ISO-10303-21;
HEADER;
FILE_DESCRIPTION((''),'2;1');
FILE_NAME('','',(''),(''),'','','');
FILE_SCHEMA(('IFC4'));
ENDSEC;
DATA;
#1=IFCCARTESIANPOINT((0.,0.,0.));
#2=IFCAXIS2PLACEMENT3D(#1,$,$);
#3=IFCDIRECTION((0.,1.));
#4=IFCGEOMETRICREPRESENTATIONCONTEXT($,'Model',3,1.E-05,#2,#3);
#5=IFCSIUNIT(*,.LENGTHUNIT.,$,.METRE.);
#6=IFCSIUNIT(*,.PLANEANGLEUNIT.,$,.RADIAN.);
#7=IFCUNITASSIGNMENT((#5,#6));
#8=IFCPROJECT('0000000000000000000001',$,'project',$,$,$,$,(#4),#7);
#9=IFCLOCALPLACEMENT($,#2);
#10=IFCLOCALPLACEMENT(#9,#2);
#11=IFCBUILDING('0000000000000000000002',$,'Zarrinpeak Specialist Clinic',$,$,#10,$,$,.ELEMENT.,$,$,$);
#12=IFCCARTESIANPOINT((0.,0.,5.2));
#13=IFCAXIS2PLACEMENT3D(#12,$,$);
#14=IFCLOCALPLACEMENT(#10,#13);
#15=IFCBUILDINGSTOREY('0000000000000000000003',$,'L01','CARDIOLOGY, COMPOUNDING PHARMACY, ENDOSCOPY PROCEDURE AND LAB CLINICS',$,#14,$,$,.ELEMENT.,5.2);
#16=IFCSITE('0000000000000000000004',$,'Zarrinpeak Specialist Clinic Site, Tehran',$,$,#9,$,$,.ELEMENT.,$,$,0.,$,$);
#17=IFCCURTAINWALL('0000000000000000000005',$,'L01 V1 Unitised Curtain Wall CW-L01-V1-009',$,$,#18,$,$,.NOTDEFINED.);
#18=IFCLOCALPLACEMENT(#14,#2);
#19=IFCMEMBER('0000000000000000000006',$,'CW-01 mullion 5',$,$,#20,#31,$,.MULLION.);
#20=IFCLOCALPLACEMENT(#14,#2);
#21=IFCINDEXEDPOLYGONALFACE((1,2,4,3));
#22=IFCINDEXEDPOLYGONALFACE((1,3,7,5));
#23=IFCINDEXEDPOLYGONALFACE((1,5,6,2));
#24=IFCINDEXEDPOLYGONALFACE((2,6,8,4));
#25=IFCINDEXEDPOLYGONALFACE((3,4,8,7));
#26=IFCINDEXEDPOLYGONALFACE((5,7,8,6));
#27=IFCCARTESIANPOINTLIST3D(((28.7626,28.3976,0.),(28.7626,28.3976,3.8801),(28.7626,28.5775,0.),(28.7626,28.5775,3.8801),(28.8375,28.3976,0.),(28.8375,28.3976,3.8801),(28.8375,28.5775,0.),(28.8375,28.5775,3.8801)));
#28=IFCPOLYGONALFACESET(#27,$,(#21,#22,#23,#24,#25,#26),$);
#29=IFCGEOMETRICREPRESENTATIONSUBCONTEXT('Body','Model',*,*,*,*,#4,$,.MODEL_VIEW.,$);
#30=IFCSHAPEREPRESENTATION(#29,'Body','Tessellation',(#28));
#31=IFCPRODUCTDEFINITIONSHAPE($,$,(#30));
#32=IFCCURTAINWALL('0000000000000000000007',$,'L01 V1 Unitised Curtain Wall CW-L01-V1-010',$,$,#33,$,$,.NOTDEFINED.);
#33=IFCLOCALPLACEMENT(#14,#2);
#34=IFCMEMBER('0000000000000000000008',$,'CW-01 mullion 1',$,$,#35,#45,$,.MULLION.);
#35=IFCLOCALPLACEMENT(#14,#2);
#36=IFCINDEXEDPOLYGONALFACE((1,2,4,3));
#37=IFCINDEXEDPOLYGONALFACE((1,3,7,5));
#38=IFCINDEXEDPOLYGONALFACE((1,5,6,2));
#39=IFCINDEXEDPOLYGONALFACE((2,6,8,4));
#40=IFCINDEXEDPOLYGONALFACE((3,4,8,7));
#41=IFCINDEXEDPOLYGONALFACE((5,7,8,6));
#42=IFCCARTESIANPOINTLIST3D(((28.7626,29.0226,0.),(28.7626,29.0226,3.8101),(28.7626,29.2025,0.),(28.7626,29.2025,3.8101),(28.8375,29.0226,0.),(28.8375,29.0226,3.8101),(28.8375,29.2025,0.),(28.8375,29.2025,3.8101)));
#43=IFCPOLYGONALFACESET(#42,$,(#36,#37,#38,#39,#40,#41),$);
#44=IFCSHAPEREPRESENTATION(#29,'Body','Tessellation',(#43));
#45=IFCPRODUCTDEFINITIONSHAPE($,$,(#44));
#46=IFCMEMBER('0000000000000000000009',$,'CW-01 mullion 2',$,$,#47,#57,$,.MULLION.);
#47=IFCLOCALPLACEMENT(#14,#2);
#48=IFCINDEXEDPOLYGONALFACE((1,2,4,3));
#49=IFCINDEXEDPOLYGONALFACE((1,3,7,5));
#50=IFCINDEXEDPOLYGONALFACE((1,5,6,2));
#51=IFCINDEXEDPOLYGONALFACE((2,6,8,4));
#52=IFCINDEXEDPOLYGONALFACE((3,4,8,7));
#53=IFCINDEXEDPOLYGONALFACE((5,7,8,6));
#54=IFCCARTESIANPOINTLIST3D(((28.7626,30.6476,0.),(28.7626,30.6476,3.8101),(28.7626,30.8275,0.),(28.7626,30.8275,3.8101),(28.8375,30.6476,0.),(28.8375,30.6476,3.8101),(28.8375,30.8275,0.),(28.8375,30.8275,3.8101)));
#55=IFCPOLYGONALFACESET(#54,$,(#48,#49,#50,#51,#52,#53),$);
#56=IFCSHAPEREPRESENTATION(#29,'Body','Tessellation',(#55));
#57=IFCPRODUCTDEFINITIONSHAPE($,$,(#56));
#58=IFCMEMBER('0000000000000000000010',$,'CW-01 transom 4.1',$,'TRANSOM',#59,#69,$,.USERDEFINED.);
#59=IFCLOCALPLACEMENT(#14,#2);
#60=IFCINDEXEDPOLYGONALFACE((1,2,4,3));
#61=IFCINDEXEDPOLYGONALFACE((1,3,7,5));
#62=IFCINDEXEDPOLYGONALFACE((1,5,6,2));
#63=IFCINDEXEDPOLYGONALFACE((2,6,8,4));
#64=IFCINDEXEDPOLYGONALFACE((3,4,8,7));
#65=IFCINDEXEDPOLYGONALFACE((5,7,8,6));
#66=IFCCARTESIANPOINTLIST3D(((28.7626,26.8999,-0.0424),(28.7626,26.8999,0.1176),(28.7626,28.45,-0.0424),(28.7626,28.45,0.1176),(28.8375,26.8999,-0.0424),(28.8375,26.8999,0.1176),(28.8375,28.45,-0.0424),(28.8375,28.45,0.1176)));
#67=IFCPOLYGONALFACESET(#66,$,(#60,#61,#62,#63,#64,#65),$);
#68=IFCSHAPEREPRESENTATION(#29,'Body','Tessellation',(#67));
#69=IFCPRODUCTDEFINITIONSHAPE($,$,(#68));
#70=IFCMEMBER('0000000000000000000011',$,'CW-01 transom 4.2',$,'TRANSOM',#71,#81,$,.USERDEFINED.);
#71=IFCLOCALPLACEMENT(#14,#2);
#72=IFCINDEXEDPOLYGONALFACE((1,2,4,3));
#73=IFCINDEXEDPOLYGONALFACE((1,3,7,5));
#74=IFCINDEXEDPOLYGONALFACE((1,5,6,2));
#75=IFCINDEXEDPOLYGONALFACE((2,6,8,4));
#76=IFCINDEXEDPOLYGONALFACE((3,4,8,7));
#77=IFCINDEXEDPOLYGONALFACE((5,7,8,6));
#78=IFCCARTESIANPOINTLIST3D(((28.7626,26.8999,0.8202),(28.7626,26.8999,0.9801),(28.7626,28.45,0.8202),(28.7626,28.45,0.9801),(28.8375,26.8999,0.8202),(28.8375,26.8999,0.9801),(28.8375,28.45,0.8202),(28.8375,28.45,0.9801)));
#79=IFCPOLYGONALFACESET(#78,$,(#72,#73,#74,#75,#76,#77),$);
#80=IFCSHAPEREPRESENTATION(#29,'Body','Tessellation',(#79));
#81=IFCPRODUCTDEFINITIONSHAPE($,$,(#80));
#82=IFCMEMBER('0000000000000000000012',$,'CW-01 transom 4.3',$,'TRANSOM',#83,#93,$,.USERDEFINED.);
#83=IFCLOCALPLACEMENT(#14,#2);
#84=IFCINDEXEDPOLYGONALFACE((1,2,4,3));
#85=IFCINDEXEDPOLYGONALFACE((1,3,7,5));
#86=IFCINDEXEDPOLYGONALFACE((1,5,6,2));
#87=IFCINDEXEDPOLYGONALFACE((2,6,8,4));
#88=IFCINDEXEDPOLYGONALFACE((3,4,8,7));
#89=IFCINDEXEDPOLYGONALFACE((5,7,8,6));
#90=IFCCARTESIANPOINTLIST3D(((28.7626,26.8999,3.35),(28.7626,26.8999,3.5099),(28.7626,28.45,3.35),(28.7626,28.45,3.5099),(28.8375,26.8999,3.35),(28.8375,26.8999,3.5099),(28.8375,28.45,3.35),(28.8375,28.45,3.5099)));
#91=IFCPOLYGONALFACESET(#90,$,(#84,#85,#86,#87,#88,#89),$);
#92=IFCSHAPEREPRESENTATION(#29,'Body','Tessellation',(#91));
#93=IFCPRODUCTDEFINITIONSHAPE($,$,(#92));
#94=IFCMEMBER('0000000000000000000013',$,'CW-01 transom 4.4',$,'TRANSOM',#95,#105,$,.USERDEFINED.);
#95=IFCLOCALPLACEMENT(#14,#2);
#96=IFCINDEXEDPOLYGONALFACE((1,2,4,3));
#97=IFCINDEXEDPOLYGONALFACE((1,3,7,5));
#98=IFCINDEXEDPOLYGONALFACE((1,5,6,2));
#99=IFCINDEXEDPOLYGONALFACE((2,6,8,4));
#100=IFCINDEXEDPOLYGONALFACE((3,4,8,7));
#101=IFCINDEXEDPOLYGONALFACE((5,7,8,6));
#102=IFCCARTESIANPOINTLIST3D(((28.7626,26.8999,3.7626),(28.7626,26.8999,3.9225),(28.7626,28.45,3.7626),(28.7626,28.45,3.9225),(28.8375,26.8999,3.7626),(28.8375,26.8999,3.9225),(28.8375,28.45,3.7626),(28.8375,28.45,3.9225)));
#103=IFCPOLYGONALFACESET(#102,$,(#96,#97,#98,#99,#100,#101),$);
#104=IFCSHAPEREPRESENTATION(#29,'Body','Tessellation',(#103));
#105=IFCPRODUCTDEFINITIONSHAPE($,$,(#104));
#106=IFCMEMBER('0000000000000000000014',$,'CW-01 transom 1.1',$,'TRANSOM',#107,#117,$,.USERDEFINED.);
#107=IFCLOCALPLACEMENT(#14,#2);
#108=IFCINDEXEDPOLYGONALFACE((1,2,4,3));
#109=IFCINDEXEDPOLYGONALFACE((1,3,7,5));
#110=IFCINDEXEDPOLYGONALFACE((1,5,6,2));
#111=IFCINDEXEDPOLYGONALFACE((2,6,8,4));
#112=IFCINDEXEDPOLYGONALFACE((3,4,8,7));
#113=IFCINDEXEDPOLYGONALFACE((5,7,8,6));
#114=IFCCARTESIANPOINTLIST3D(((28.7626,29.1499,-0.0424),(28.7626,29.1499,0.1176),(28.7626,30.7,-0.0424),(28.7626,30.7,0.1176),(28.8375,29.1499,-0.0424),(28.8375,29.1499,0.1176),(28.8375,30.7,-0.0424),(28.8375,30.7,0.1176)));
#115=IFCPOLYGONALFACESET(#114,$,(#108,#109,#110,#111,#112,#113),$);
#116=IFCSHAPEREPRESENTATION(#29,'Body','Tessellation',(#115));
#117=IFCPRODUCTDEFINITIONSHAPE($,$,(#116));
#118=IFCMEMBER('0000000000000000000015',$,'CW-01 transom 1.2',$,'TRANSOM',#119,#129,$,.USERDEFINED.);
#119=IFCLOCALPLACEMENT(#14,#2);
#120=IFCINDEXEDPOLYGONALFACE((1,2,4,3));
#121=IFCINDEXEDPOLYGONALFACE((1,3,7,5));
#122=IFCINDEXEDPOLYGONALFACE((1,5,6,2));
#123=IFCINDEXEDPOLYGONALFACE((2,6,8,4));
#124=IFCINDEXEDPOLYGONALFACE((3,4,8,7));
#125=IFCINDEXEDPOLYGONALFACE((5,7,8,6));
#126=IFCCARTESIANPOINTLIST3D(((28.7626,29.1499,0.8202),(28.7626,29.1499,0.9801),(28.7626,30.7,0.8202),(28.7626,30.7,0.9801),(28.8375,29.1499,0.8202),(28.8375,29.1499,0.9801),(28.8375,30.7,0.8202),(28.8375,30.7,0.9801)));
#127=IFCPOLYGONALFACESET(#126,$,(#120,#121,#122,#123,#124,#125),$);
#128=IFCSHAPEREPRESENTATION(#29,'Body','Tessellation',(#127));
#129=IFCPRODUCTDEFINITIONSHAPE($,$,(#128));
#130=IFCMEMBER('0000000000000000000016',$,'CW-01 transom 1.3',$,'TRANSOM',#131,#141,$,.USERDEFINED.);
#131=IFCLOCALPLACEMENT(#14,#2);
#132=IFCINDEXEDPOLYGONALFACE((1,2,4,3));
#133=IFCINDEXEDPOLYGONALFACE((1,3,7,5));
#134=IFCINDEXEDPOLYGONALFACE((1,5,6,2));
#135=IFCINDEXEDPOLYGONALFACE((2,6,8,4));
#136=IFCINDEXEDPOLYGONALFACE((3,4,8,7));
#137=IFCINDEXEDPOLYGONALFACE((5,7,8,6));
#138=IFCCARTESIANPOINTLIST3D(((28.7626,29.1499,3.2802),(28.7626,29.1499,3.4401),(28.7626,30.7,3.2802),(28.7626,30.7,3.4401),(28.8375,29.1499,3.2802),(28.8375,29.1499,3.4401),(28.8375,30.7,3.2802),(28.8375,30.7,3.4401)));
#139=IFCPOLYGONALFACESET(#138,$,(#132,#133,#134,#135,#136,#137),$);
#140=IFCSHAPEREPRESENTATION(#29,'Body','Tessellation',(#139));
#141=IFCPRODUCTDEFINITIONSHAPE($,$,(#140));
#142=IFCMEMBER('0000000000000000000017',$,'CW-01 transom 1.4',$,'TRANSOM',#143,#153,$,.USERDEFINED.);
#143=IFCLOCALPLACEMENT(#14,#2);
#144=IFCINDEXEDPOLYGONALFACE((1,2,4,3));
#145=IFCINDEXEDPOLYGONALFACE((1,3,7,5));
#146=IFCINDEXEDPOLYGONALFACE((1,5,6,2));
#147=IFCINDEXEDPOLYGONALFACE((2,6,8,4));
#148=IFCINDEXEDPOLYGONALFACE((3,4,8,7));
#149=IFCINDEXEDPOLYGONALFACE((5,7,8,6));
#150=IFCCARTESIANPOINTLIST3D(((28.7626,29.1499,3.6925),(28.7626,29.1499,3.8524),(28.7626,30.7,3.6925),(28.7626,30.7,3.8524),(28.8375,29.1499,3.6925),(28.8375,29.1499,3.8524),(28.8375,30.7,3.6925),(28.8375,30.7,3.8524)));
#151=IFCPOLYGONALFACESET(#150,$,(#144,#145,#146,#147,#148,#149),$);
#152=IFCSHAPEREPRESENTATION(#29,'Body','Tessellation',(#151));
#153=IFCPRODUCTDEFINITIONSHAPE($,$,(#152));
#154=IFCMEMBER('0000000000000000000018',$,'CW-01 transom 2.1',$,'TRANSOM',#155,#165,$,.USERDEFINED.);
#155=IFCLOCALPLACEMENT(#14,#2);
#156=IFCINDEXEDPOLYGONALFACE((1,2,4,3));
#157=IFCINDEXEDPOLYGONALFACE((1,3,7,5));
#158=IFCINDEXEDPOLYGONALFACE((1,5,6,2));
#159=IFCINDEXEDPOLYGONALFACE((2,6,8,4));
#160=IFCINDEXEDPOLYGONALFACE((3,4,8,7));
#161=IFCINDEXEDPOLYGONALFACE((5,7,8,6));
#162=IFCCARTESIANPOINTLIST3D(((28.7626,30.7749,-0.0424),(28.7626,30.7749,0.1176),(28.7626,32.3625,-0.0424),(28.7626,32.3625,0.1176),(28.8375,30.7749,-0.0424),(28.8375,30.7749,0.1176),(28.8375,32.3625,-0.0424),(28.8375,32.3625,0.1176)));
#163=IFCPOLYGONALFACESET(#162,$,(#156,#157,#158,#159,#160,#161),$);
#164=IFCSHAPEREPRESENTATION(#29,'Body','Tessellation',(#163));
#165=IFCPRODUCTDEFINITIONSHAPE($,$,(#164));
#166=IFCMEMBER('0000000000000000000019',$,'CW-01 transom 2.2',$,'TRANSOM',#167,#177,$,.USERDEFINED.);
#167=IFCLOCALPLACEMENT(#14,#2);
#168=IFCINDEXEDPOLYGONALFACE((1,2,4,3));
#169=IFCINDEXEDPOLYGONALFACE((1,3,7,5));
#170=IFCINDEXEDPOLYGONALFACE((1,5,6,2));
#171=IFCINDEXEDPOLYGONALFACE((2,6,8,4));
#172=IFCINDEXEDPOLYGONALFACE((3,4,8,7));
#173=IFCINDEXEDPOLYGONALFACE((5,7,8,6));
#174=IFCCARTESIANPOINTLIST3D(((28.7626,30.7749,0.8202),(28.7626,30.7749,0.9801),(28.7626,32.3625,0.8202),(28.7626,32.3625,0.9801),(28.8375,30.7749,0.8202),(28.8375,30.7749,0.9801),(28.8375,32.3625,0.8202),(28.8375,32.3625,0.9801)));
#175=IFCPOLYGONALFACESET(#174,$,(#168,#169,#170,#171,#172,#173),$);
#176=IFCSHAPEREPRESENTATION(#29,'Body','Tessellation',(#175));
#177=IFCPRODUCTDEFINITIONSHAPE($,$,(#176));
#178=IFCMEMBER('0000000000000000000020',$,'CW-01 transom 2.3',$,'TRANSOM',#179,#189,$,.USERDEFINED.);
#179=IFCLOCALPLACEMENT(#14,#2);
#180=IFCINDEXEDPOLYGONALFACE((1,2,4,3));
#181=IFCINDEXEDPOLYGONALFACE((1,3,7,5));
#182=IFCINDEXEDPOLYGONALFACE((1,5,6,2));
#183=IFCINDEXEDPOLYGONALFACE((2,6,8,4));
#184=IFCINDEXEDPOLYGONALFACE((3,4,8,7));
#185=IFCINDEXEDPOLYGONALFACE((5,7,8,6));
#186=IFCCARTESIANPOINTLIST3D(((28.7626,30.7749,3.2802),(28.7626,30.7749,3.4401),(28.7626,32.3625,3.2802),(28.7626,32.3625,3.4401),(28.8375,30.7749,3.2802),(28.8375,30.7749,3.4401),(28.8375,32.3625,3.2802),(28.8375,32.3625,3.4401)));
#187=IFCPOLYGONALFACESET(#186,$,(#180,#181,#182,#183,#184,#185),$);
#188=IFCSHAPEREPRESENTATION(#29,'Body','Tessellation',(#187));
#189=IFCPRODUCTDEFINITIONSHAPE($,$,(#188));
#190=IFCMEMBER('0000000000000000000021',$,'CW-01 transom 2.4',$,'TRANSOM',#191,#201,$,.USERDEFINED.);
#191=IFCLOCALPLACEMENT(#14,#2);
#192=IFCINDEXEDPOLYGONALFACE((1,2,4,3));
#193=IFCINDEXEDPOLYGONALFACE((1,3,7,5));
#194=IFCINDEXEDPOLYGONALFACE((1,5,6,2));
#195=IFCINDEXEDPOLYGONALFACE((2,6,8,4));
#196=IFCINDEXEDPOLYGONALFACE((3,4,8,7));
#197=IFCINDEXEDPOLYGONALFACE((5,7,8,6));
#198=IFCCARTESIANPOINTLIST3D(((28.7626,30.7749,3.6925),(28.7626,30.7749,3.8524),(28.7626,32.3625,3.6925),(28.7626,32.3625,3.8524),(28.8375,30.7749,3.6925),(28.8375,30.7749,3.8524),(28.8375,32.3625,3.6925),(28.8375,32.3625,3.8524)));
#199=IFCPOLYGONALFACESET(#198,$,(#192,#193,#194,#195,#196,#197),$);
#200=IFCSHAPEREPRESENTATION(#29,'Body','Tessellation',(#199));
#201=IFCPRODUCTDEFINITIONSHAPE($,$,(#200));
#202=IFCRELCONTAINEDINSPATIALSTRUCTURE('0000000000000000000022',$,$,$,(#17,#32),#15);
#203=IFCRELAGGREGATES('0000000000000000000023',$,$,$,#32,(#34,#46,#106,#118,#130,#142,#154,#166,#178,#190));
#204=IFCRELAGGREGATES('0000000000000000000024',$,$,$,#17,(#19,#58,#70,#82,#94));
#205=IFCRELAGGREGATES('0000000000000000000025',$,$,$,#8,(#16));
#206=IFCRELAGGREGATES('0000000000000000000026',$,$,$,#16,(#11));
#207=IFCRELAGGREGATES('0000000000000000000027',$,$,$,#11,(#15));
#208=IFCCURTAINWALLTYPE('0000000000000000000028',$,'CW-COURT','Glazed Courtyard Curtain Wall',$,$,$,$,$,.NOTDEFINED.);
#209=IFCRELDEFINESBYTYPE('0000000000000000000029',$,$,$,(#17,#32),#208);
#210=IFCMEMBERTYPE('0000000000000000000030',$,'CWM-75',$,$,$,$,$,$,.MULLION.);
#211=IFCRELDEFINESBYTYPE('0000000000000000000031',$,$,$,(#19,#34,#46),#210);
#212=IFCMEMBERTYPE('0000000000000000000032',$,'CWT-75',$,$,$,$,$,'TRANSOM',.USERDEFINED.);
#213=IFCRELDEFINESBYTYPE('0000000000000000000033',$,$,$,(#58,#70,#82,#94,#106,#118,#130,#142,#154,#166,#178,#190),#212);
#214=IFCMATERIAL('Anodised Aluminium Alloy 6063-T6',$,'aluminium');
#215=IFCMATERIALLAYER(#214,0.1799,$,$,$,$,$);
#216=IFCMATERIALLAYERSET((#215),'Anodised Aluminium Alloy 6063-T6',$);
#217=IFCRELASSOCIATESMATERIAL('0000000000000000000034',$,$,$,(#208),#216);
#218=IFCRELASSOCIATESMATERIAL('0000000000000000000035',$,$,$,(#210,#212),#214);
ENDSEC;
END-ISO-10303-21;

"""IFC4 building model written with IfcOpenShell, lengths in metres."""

from ifc_helpers import new_model, si_unit, direction, frame, origin, origin_2d, place, context, subcontext, project, spatial, rectangle, extrude, material, layer, layer_set, material_profile, profile_set, type_object, element, aggregate, save


model = new_model("IFC4")

# Units and contexts
model_context = context("Model", 3, precision=1e-05, world=origin(), true_north=direction((0.0, 1.0)))
body_context = subcontext(model_context, "Body", "Model", "MODEL_VIEW")
ifc_project = project(units=[si_unit("LENGTHUNIT", "METRE"), si_unit("PLANEANGLEUNIT", "RADIAN")], contexts=[model_context])

# Site, building, storey
site_placement = place(None, origin())
site = spatial("IfcSite", under=ifc_project, at=site_placement, Name="Zarrinpeak Specialist Clinic Site, Tehran", CompositionType="ELEMENT", RefElevation=0.0)
building_placement = place(site_placement, origin())
building = spatial("IfcBuilding", under=site, at=building_placement, Name="Zarrinpeak Specialist Clinic", CompositionType="ELEMENT")
storey_placement = place(building_placement, frame((0.0, 0.0, 5.2)))
storey = spatial("IfcBuildingStorey", under=building, at=storey_placement, Name="L01", Description="CARDIOLOGY, COMPOUNDING PHARMACY, ENDOSCOPY PROCEDURE AND LAB CLINICS", CompositionType="ELEMENT", Elevation=5.2)

# Curtain wall, member
ifc_material_1 = material(Name="Anodised Aluminium Alloy 6063-T6", Category="aluminium")
ifc_layer_1 = layer(ifc_material_1, 0.1799)
ifc_layer_set_1 = layer_set([ifc_layer_1], Name="Anodised Aluminium Alloy 6063-T6")
curtain_wall_type = type_object("IfcCurtainWallType", Name="CW-COURT", Description="Glazed Courtyard Curtain Wall", PredefinedType="NOTDEFINED", material=ifc_layer_set_1)
curtain_wall_1_placement = place(storey_placement, origin())
curtain_wall_1 = element("IfcCurtainWall", 1, at=curtain_wall_1_placement, inside=storey, type_object=curtain_wall_type, Name="L01 V1 Unitised Curtain Wall CW-L01-V1-009", PredefinedType="NOTDEFINED")
ifc_material_profile_1 = material_profile(ifc_material_1, rectangle(XDim=0.075, YDim=0.1799, at=origin_2d()), Name="ALU 75x180")
ifc_profile_set_1 = profile_set([ifc_material_profile_1], Name="Anodised Aluminium Alloy 6063-T6")
member_type_1 = type_object("IfcMemberType", Name="CWM-75", PredefinedType="MULLION", material=ifc_profile_set_1)
member_1_placement = place(storey_placement, frame((28.8, 28.4875, 0.0), z_axis=(0.0, 0.0, 1.0), x_axis=(-1.0, 0.0, 0.0)))
member_1 = element("IfcMember", 2, at=member_1_placement, type_object=member_type_1, Name="CW-01 mullion 5", PredefinedType="MULLION", context=body_context, shape_type="SweptSolid", body=[
    extrude(rectangle(XDim=0.075, YDim=0.1799, at=origin_2d()), origin(), (0.0, 0.0, 1.0), 3.8801),
])

# Curtain wall, members
curtain_wall_2_placement = place(storey_placement, origin())
curtain_wall_2 = element("IfcCurtainWall", 3, at=curtain_wall_2_placement, inside=storey, type_object=curtain_wall_type, Name="L01 V1 Unitised Curtain Wall CW-L01-V1-010", PredefinedType="NOTDEFINED")
member_2_placement = place(storey_placement, frame((28.8, 29.1125, 0.0), z_axis=(0.0, 0.0, 1.0), x_axis=(-1.0, 0.0, 0.0)))
member_2 = element("IfcMember", 4, at=member_2_placement, type_object=member_type_1, Name="CW-01 mullion 1", PredefinedType="MULLION", context=body_context, shape_type="SweptSolid", body=[
    extrude(rectangle(XDim=0.075, YDim=0.1799, at=origin_2d()), origin(), (0.0, 0.0, 1.0), 3.8101),
])
member_3_placement = place(storey_placement, frame((28.8, 30.7375, 0.0), z_axis=(0.0, 0.0, 1.0), x_axis=(-1.0, 0.0, 0.0)))
member_3 = element("IfcMember", 5, at=member_3_placement, type_object=member_type_1, Name="CW-01 mullion 2", PredefinedType="MULLION", context=body_context, shape_type="SweptSolid", body=[
    extrude(rectangle(XDim=0.075, YDim=0.1799, at=origin_2d()), origin(), (0.0, 0.0, 1.0), 3.8101),
])

# Members
ifc_material_profile_2 = material_profile(ifc_material_1, rectangle(XDim=0.075, YDim=0.1599, at=origin_2d()), Name="ALU 75x160")
ifc_profile_set_2 = profile_set([ifc_material_profile_2], Name="Anodised Aluminium Alloy 6063-T6")
member_type_2 = type_object("IfcMemberType", Name="CWT-75", ElementType="TRANSOM", PredefinedType="USERDEFINED", material=ifc_profile_set_2)
member_4_placement = place(storey_placement, frame((28.8, 26.8999, 0.0376), z_axis=(0.0, 1.0, 0.0), x_axis=(-1.0, 0.0, 0.0)))
member_4 = element("IfcMember", 6, at=member_4_placement, type_object=member_type_2, Name="CW-01 transom 4.1", ObjectType="TRANSOM", PredefinedType="USERDEFINED", context=body_context, shape_type="SweptSolid", body=[
    extrude(rectangle(XDim=0.075, YDim=0.1599, at=origin_2d()), origin(), (0.0, 0.0, 1.0), 1.55),
])
member_5_placement = place(storey_placement, frame((28.8, 26.8999, 0.9001), z_axis=(0.0, 1.0, 0.0), x_axis=(-1.0, 0.0, 0.0)))
member_5 = element("IfcMember", 7, at=member_5_placement, type_object=member_type_2, Name="CW-01 transom 4.2", ObjectType="TRANSOM", PredefinedType="USERDEFINED", context=body_context, shape_type="SweptSolid", body=[
    extrude(rectangle(XDim=0.075, YDim=0.1599, at=origin_2d()), origin(), (0.0, 0.0, 1.0), 1.55),
])
member_6_placement = place(storey_placement, frame((28.8, 26.8999, 3.4299), z_axis=(0.0, 1.0, 0.0), x_axis=(-1.0, 0.0, 0.0)))
member_6 = element("IfcMember", 8, at=member_6_placement, type_object=member_type_2, Name="CW-01 transom 4.3", ObjectType="TRANSOM", PredefinedType="USERDEFINED", context=body_context, shape_type="SweptSolid", body=[
    extrude(rectangle(XDim=0.075, YDim=0.1599, at=origin_2d()), origin(), (0.0, 0.0, 1.0), 1.55),
])
member_7_placement = place(storey_placement, frame((28.8, 26.8999, 3.8425), z_axis=(0.0, 1.0, 0.0), x_axis=(-1.0, 0.0, 0.0)))
member_7 = element("IfcMember", 9, at=member_7_placement, type_object=member_type_2, Name="CW-01 transom 4.4", ObjectType="TRANSOM", PredefinedType="USERDEFINED", context=body_context, shape_type="SweptSolid", body=[
    extrude(rectangle(XDim=0.075, YDim=0.1599, at=origin_2d()), origin(), (0.0, 0.0, 1.0), 1.55),
])
member_8_placement = place(storey_placement, frame((28.8, 29.1499, 0.0376), z_axis=(0.0, 1.0, 0.0), x_axis=(-1.0, 0.0, 0.0)))
member_8 = element("IfcMember", 10, at=member_8_placement, type_object=member_type_2, Name="CW-01 transom 1.1", ObjectType="TRANSOM", PredefinedType="USERDEFINED", context=body_context, shape_type="SweptSolid", body=[
    extrude(rectangle(XDim=0.075, YDim=0.1599, at=origin_2d()), origin(), (0.0, 0.0, 1.0), 1.55),
])
member_9_placement = place(storey_placement, frame((28.8, 29.1499, 0.9001), z_axis=(0.0, 1.0, 0.0), x_axis=(-1.0, 0.0, 0.0)))
member_9 = element("IfcMember", 11, at=member_9_placement, type_object=member_type_2, Name="CW-01 transom 1.2", ObjectType="TRANSOM", PredefinedType="USERDEFINED", context=body_context, shape_type="SweptSolid", body=[
    extrude(rectangle(XDim=0.075, YDim=0.1599, at=origin_2d()), origin(), (0.0, 0.0, 1.0), 1.55),
])
member_10_placement = place(storey_placement, frame((28.8, 29.1499, 3.3601), z_axis=(0.0, 1.0, 0.0), x_axis=(-1.0, 0.0, 0.0)))
member_10 = element("IfcMember", 12, at=member_10_placement, type_object=member_type_2, Name="CW-01 transom 1.3", ObjectType="TRANSOM", PredefinedType="USERDEFINED", context=body_context, shape_type="SweptSolid", body=[
    extrude(rectangle(XDim=0.075, YDim=0.1599, at=origin_2d()), origin(), (0.0, 0.0, 1.0), 1.55),
])
member_11_placement = place(storey_placement, frame((28.8, 29.1499, 3.7725), z_axis=(0.0, 1.0, 0.0), x_axis=(-1.0, 0.0, 0.0)))
member_11 = element("IfcMember", 13, at=member_11_placement, type_object=member_type_2, Name="CW-01 transom 1.4", ObjectType="TRANSOM", PredefinedType="USERDEFINED", context=body_context, shape_type="SweptSolid", body=[
    extrude(rectangle(XDim=0.075, YDim=0.1599, at=origin_2d()), origin(), (0.0, 0.0, 1.0), 1.55),
])
member_12_placement = place(storey_placement, frame((28.8, 30.7749, 0.0376), z_axis=(0.0, 1.0, 0.0), x_axis=(-1.0, 0.0, 0.0)))
member_12 = element("IfcMember", 14, at=member_12_placement, type_object=member_type_2, Name="CW-01 transom 2.1", ObjectType="TRANSOM", PredefinedType="USERDEFINED", context=body_context, shape_type="SweptSolid", body=[
    extrude(rectangle(XDim=0.075, YDim=0.1599, at=origin_2d()), origin(), (0.0, 0.0, 1.0), 1.5876),
])
member_13_placement = place(storey_placement, frame((28.8, 30.7749, 0.9001), z_axis=(0.0, 1.0, 0.0), x_axis=(-1.0, 0.0, 0.0)))
member_13 = element("IfcMember", 15, at=member_13_placement, type_object=member_type_2, Name="CW-01 transom 2.2", ObjectType="TRANSOM", PredefinedType="USERDEFINED", context=body_context, shape_type="SweptSolid", body=[
    extrude(rectangle(XDim=0.075, YDim=0.1599, at=origin_2d()), origin(), (0.0, 0.0, 1.0), 1.5876),
])
member_14_placement = place(storey_placement, frame((28.8, 30.7749, 3.3601), z_axis=(0.0, 1.0, 0.0), x_axis=(-1.0, 0.0, 0.0)))
member_14 = element("IfcMember", 16, at=member_14_placement, type_object=member_type_2, Name="CW-01 transom 2.3", ObjectType="TRANSOM", PredefinedType="USERDEFINED", context=body_context, shape_type="SweptSolid", body=[
    extrude(rectangle(XDim=0.075, YDim=0.1599, at=origin_2d()), origin(), (0.0, 0.0, 1.0), 1.5876),
])
member_15_placement = place(storey_placement, frame((28.8, 30.7749, 3.7725), z_axis=(0.0, 1.0, 0.0), x_axis=(-1.0, 0.0, 0.0)))
member_15 = element("IfcMember", 17, at=member_15_placement, type_object=member_type_2, Name="CW-01 transom 2.4", ObjectType="TRANSOM", PredefinedType="USERDEFINED", context=body_context, shape_type="SweptSolid", body=[
    extrude(rectangle(XDim=0.075, YDim=0.1599, at=origin_2d()), origin(), (0.0, 0.0, 1.0), 1.5876),
])

aggregate(curtain_wall_2, [member_2, member_3, member_8, member_9, member_10, member_11, member_12, member_13, member_14, member_15])
aggregate(curtain_wall_1, [member_1, member_4, member_5, member_6, member_7])

save(model, "model.ifc")
